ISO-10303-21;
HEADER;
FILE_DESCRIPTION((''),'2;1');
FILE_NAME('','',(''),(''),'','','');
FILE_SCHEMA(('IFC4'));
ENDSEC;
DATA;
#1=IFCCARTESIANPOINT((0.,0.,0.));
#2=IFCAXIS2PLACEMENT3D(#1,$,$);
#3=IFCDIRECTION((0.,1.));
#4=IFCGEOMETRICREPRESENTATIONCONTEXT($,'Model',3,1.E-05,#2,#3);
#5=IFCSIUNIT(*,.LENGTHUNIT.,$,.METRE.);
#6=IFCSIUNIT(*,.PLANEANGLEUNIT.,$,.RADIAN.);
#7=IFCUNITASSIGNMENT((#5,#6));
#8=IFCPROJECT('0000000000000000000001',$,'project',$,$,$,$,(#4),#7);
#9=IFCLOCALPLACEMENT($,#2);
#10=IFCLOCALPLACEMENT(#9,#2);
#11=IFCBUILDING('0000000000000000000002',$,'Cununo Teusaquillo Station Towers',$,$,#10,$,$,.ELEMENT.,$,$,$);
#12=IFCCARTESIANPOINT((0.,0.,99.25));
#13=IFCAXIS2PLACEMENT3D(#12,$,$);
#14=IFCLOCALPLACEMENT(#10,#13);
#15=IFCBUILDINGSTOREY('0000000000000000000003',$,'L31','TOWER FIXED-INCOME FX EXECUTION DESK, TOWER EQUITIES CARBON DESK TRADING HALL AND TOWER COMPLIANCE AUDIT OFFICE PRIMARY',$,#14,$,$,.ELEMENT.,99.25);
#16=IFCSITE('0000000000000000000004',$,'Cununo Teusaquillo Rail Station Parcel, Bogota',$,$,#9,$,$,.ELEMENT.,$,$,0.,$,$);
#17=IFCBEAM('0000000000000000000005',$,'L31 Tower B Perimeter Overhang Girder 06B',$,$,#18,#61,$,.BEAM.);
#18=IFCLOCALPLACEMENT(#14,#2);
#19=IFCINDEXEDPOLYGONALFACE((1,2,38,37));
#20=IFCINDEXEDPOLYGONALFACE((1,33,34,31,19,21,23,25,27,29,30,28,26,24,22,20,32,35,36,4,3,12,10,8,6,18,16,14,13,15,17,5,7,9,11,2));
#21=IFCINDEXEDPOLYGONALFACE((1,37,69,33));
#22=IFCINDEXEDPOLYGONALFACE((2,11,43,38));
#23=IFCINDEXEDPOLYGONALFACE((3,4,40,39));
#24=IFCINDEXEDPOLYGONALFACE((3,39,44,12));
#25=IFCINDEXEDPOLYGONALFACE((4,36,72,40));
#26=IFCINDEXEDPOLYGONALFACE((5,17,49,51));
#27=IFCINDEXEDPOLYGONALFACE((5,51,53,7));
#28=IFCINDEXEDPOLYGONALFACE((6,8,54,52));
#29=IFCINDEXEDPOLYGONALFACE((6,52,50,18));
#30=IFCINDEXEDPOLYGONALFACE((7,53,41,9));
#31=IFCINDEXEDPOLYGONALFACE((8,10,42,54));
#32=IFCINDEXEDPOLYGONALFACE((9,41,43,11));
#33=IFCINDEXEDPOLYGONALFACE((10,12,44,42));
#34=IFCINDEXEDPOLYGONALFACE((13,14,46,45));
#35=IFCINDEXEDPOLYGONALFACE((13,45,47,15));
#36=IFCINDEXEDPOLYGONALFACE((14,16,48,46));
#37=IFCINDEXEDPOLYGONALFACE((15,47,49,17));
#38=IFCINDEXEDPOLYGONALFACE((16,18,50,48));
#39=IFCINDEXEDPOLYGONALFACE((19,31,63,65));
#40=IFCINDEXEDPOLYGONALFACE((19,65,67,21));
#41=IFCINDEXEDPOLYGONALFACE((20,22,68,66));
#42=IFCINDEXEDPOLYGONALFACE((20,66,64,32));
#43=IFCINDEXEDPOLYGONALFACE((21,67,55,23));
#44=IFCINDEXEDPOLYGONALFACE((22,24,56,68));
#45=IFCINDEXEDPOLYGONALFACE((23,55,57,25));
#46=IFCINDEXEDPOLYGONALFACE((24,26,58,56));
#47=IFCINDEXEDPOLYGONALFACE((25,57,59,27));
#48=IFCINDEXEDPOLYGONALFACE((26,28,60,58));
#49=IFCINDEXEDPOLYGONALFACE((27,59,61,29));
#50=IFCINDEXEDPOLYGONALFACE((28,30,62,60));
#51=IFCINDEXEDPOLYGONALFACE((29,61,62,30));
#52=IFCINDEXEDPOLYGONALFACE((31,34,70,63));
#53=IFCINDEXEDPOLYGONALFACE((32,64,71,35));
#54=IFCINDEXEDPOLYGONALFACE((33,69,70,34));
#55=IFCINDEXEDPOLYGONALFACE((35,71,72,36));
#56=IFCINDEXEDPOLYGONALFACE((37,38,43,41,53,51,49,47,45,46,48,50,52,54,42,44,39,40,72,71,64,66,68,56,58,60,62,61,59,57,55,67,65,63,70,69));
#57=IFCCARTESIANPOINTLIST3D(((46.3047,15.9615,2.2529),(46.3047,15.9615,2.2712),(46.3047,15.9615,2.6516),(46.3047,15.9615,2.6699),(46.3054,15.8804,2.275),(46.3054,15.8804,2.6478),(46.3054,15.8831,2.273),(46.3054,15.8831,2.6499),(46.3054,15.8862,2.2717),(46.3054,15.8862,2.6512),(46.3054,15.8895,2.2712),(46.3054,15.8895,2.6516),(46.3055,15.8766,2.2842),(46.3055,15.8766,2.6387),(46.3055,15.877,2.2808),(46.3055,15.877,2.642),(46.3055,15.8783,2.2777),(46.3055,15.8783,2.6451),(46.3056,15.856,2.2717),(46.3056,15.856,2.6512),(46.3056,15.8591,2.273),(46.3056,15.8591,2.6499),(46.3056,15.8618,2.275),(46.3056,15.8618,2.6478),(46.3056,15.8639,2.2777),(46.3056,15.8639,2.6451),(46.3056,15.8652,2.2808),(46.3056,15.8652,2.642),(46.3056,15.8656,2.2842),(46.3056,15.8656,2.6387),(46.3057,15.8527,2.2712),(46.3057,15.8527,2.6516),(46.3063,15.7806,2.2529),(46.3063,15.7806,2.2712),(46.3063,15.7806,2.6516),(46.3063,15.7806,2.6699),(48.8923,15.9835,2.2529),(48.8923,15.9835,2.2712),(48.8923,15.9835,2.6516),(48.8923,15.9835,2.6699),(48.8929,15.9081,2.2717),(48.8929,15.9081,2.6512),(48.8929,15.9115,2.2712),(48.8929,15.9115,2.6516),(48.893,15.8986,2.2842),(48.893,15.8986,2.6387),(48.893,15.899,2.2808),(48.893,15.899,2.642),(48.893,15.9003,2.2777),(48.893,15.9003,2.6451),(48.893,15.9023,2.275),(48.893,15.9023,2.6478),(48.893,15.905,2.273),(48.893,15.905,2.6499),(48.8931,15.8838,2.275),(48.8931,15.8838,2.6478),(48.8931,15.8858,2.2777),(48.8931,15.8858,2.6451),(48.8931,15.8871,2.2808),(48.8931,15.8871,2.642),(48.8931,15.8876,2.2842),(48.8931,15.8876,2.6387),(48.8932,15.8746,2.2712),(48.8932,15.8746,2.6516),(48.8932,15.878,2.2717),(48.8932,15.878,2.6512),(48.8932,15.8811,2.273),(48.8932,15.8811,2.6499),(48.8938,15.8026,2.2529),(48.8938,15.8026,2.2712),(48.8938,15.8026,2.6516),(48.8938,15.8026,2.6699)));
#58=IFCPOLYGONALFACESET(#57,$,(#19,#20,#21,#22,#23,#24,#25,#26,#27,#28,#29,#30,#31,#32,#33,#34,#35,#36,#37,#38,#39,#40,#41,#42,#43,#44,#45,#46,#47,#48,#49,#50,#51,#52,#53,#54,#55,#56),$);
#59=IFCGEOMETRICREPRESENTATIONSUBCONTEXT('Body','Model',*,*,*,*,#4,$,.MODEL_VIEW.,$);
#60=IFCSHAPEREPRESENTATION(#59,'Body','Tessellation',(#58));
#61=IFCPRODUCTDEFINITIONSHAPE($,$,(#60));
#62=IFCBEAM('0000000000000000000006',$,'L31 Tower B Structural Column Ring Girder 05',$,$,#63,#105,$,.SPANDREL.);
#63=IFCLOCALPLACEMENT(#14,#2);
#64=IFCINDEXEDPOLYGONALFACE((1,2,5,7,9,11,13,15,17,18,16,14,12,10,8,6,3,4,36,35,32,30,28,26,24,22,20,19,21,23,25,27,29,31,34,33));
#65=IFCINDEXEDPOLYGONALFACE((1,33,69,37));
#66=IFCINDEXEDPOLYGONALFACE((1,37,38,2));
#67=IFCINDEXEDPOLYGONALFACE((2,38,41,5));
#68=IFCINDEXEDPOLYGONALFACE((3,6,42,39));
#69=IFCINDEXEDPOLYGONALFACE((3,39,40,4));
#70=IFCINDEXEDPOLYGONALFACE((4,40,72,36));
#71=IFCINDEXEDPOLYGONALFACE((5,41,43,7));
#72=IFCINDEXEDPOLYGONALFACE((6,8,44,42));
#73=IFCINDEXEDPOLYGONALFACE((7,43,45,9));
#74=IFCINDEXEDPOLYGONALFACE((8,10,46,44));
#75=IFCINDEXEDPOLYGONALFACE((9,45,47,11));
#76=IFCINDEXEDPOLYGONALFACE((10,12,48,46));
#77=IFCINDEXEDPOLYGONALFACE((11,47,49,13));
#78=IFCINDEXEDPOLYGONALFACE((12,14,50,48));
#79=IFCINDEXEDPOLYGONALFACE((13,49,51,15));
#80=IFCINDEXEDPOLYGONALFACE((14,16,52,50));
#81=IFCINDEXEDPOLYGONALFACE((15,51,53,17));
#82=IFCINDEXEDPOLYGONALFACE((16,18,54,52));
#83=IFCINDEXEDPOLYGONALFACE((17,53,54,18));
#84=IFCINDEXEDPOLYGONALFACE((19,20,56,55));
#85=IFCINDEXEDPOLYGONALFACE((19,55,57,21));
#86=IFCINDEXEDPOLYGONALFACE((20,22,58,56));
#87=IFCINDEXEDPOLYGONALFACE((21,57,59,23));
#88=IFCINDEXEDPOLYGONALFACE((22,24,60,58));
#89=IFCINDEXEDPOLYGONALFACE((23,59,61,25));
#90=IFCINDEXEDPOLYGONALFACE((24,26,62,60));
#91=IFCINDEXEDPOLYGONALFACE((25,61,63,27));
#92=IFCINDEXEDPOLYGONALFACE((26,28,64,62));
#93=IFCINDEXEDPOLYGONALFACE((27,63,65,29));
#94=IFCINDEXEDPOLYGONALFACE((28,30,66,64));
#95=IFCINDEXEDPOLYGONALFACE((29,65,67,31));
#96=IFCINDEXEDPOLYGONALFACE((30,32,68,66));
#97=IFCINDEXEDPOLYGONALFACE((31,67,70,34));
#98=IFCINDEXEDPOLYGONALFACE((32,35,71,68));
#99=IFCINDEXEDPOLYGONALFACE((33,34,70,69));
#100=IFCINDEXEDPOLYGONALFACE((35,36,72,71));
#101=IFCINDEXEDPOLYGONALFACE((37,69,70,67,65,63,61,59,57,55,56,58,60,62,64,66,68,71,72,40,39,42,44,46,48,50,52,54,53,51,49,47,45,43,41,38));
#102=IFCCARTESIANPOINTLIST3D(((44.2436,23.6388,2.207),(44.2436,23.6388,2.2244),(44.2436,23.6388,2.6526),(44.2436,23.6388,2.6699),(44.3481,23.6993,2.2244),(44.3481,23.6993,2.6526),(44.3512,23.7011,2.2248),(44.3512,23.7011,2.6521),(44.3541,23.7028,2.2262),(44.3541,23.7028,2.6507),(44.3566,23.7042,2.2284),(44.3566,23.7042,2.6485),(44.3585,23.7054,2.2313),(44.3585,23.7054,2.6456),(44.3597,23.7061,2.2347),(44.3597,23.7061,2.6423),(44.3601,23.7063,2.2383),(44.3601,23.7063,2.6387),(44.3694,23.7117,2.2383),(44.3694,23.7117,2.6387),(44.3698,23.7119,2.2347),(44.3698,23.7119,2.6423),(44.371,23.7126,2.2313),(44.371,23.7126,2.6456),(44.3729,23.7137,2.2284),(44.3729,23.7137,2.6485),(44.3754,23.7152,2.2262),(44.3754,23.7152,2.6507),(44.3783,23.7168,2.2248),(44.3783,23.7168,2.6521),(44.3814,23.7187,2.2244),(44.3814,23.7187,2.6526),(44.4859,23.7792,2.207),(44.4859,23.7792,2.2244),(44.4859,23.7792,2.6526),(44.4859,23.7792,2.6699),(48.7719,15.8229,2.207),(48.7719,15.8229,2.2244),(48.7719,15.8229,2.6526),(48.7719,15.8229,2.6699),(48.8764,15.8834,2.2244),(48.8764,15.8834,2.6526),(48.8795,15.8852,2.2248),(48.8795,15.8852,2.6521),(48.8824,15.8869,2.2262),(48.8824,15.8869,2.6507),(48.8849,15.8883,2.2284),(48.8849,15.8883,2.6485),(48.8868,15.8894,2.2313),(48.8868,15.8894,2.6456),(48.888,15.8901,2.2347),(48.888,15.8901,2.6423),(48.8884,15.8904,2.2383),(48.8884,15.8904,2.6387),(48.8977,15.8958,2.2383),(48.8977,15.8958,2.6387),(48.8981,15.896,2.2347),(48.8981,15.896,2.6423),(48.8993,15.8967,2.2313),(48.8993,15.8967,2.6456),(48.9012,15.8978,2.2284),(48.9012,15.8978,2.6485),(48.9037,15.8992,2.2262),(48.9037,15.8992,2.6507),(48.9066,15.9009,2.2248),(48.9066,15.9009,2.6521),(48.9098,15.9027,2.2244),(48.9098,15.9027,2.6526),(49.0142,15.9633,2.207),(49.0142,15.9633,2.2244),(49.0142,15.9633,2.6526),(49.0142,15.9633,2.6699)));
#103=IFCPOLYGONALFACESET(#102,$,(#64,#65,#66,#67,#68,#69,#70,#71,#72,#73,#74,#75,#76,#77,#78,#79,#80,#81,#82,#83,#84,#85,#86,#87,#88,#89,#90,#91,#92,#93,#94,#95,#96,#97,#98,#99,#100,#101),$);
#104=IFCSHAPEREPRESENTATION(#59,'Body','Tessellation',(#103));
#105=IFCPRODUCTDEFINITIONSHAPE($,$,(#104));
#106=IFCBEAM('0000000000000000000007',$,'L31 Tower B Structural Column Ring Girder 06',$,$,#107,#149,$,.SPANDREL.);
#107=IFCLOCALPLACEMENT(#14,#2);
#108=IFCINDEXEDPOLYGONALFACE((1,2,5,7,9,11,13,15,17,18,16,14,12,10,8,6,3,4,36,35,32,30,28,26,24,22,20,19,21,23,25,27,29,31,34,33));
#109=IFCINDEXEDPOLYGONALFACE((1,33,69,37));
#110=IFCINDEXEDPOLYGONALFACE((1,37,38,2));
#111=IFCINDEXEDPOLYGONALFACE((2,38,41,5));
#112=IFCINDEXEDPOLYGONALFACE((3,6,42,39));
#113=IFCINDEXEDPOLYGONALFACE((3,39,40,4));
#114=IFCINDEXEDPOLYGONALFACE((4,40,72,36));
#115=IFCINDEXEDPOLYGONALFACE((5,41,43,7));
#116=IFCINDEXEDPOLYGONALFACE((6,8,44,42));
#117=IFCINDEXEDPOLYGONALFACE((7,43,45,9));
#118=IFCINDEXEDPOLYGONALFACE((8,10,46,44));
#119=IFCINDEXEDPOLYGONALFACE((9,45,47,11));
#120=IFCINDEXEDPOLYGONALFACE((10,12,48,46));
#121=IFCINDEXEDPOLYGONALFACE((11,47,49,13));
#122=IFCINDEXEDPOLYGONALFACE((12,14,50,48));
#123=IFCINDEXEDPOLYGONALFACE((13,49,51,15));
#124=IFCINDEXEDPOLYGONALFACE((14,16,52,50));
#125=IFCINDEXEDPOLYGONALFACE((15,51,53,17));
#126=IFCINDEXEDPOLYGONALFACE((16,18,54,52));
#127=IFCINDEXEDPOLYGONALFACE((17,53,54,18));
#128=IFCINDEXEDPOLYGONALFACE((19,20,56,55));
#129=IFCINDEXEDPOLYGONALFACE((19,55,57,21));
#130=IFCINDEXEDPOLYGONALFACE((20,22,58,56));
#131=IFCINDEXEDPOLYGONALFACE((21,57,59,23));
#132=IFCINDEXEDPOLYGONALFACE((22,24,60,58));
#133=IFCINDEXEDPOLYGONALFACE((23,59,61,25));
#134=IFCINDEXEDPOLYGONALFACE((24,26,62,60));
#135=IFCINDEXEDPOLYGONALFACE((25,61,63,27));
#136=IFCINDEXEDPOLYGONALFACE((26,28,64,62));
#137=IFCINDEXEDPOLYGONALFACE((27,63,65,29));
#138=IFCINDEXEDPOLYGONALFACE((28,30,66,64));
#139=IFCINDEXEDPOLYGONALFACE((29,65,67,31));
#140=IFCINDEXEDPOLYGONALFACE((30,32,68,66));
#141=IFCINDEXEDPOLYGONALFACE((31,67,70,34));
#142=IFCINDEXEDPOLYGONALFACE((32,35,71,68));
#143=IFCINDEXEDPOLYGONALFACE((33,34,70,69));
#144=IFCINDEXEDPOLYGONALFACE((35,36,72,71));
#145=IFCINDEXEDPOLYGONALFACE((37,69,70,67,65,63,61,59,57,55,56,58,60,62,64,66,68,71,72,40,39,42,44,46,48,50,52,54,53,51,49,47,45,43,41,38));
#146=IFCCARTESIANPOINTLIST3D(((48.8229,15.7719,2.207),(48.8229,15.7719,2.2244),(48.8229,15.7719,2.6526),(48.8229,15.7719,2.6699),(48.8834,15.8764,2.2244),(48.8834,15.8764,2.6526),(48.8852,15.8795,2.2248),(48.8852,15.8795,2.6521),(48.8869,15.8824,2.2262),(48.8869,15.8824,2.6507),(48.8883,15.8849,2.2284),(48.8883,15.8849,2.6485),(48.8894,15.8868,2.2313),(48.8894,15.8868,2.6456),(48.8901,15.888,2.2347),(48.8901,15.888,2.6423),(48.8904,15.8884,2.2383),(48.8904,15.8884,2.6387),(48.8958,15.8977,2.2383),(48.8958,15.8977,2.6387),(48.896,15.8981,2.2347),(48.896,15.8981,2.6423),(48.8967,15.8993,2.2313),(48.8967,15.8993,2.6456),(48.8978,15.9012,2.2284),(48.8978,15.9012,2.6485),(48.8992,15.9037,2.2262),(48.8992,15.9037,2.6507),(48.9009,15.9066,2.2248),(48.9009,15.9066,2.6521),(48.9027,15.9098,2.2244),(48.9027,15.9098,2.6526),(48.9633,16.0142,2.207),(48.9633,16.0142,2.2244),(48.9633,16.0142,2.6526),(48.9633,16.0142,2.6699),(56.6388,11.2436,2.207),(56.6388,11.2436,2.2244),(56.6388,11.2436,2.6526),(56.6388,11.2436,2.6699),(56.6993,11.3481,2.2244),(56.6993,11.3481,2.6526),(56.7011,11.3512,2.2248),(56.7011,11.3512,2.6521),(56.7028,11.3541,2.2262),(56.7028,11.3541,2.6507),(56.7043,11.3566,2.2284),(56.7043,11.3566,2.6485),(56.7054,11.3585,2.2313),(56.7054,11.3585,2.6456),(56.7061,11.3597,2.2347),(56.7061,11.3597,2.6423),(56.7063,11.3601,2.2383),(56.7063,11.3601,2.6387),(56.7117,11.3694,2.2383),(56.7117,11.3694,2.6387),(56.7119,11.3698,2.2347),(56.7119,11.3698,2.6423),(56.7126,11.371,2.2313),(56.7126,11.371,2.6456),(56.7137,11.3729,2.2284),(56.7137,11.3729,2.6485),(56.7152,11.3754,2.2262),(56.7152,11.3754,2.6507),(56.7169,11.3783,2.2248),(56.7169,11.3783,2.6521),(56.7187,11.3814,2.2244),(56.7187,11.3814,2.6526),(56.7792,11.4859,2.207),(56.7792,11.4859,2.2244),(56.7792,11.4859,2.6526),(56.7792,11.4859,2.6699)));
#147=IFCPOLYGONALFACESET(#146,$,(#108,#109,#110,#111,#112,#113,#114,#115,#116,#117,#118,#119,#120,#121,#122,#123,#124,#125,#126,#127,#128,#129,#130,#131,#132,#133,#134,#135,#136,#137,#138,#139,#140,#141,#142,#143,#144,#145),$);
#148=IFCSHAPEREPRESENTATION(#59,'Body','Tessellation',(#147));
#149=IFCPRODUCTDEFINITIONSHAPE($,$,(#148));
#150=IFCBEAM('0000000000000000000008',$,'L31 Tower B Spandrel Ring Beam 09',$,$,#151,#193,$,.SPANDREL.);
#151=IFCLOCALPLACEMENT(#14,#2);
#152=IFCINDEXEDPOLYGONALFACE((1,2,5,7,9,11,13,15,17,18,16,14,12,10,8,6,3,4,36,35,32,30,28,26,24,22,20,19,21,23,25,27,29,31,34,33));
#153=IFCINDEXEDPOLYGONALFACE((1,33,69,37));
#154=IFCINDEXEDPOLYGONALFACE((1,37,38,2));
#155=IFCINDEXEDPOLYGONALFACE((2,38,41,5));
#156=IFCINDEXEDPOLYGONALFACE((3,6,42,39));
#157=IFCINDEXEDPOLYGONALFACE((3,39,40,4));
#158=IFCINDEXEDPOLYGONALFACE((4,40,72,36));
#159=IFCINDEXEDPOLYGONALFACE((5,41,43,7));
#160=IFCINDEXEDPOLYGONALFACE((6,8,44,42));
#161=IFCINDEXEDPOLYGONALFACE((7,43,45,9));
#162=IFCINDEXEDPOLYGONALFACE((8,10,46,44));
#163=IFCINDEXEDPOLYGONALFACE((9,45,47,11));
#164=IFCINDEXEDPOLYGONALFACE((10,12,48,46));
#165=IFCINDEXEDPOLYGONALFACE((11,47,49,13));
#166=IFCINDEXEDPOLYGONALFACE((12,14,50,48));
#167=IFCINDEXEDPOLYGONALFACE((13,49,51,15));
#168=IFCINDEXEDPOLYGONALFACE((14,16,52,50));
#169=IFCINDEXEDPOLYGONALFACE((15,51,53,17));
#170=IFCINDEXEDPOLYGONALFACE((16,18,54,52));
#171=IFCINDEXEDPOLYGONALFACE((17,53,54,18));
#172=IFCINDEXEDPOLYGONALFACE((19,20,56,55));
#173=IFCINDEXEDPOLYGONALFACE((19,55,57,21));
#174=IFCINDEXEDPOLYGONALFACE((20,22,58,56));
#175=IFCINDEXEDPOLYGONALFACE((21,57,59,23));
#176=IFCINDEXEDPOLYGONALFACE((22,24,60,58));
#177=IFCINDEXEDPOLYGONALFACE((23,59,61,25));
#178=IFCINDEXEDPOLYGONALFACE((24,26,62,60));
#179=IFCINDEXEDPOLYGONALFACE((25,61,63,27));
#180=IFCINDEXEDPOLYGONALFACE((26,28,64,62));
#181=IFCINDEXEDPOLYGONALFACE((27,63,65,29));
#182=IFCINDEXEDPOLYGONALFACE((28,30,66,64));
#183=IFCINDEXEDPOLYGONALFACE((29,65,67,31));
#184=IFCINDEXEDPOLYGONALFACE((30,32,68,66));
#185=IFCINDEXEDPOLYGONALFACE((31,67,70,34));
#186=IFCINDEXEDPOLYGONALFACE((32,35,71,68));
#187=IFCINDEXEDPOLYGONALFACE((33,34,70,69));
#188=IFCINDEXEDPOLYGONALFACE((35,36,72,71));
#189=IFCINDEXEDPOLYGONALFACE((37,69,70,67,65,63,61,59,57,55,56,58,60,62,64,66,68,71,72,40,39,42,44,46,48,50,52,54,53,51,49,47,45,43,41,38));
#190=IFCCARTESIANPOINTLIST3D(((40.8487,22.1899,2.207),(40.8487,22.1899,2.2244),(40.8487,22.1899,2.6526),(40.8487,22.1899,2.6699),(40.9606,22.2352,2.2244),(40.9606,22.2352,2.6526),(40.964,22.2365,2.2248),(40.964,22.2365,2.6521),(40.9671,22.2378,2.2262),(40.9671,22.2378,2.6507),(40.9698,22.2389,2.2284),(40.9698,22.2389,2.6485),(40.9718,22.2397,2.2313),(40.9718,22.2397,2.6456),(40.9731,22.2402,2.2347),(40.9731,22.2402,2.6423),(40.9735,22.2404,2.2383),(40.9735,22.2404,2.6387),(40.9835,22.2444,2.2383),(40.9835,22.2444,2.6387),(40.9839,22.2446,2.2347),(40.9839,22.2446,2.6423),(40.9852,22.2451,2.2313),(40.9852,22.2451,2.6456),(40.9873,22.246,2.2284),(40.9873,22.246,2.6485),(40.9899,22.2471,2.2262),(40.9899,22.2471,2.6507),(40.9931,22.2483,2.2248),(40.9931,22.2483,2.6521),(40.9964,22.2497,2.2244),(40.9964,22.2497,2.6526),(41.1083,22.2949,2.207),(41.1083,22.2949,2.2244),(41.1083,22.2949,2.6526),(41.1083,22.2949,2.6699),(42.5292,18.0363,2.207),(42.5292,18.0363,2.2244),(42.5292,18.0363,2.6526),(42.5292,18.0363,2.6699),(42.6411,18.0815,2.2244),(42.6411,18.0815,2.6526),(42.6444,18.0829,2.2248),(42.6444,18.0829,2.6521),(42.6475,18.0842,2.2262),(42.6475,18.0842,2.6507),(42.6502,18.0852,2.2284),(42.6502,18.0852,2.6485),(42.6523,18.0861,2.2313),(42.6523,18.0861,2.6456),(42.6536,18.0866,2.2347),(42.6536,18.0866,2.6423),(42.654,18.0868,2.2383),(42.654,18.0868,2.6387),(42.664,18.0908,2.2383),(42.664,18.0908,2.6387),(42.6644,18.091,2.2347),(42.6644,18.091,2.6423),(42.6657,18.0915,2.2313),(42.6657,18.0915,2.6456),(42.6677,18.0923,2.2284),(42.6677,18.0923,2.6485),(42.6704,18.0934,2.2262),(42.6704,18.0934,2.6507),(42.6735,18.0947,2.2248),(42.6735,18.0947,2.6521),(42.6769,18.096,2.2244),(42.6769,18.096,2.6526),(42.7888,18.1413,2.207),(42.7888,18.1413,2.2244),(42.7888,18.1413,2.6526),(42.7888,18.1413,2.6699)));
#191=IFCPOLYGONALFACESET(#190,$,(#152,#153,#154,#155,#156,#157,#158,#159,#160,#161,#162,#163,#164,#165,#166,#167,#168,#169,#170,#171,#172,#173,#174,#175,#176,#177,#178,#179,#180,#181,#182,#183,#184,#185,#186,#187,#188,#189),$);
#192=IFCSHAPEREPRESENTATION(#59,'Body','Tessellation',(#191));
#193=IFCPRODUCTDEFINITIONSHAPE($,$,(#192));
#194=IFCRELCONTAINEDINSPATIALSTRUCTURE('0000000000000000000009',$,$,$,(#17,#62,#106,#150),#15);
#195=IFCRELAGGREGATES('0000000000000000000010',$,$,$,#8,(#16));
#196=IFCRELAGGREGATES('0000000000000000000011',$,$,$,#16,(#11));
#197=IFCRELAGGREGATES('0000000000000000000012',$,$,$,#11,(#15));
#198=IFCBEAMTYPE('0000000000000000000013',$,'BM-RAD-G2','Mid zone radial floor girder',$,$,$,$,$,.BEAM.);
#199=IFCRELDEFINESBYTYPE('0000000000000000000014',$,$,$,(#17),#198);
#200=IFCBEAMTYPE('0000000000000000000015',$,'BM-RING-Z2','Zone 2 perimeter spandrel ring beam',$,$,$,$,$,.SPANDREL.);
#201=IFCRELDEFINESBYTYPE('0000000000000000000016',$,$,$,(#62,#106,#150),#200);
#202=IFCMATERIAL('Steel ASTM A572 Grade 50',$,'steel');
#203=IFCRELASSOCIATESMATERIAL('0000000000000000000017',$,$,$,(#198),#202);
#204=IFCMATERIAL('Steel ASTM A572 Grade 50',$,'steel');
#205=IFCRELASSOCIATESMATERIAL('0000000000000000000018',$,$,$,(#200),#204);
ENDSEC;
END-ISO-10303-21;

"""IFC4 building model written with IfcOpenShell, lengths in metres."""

from ifc_helpers import new_model, si_unit, direction, frame, origin, origin_2d, place, context, subcontext, project, spatial, i_section, extrude, material, material_profile, profile_set, type_object, element, save


model = new_model("IFC4")

# Units and contexts
model_context = context("Model", 3, precision=1e-05, world=origin(), true_north=direction((0.0, 1.0)))
body_context = subcontext(model_context, "Body", "Model", "MODEL_VIEW")
ifc_project = project(units=[si_unit("LENGTHUNIT", "METRE"), si_unit("PLANEANGLEUNIT", "RADIAN")], contexts=[model_context])

# Site, building, storey
site_placement = place(None, origin())
site = spatial("IfcSite", under=ifc_project, at=site_placement, Name="Cununo Teusaquillo Rail Station Parcel, Bogota", CompositionType="ELEMENT", RefElevation=0.0)
building_placement = place(site_placement, origin())
building = spatial("IfcBuilding", under=site, at=building_placement, Name="Cununo Teusaquillo Station Towers", CompositionType="ELEMENT")
storey_placement = place(building_placement, frame((0.0, 0.0, 99.25)))
storey = spatial("IfcBuildingStorey", under=building, at=storey_placement, Name="L31", Description="TOWER FIXED-INCOME FX EXECUTION DESK, TOWER EQUITIES CARBON DESK TRADING HALL AND TOWER COMPLIANCE AUDIT OFFICE PRIMARY", CompositionType="ELEMENT", Elevation=99.25)

# Beams
ifc_material_1 = material(Name="Steel ASTM A572 Grade 50", Category="steel")
ifc_material_profile_1 = material_profile(ifc_material_1, i_section(OverallWidth=0.1809, OverallDepth=0.417, WebThickness=0.011, FlangeThickness=0.0183, FilletRadius=0.0129, at=origin_2d()), Name="W16X57")
ifc_profile_set_1 = profile_set([ifc_material_profile_1], Name="Steel ASTM A572 Grade 50")
beam_type_1 = type_object("IfcBeamType", Name="BM-RAD-G2", Description="Mid zone radial floor girder", PredefinedType="BEAM", material=ifc_profile_set_1)
beam_1_placement = place(storey_placement, frame((48.8931, 15.8931, 2.4614), z_axis=(-0.999964, -0.008491, 0.0), x_axis=(0.008491, -0.999964, 0.0)))
element("IfcBeam", 1, at=beam_1_placement, inside=storey, type_object=beam_type_1, Name="L31 Tower B Perimeter Overhang Girder 06B", PredefinedType="BEAM", context=body_context, shape_type="SweptSolid", body=[
    extrude(i_section(OverallWidth=0.1809, OverallDepth=0.417, WebThickness=0.011, FlangeThickness=0.0183, FilletRadius=0.0129, at=origin_2d()), origin(), (0.0, 0.0, 1.0), 2.5876),
])
ifc_material_2 = material(Name="Steel ASTM A572 Grade 50", Category="steel")
ifc_material_profile_2 = material_profile(ifc_material_2, i_section(OverallWidth=0.28, OverallDepth=0.4629, WebThickness=0.0107, FlangeThickness=0.0173, FilletRadius=0.0139, at=origin_2d()), Name="W18X76")
ifc_profile_set_2 = profile_set([ifc_material_profile_2], Name="Steel ASTM A572 Grade 50")
beam_type_2 = type_object("IfcBeamType", Name="BM-RING-Z2", Description="Zone 2 perimeter spandrel ring beam", PredefinedType="SPANDREL", material=ifc_profile_set_2)
for number, where, z_axis, x_axis, name in (
    (2, (44.3647, 23.709, 2.4385), (0.501311, -0.865267, 0.0), (0.865267, 0.501311, 0.0), "L31 Tower B Structural Column Ring Girder 05"),
    (3, (48.8931, 15.8931, 2.4385), (0.865267, -0.501311, 0.0), (0.501311, 0.865267, 0.0), "L31 Tower B Structural Column Ring Girder 06"),
):
    element("IfcBeam", number, at=place(storey_placement, frame(where, z_axis=z_axis, x_axis=x_axis)), inside=storey, type_object=beam_type_2, Name=name, PredefinedType="SPANDREL", context=body_context, shape_type="SweptSolid", body=[
        extrude(i_section(OverallWidth=0.28, OverallDepth=0.4629, WebThickness=0.0107, FlangeThickness=0.0173, FilletRadius=0.0139, at=origin_2d()), origin(), (0.0, 0.0, 1.0), 9.033),
    ])
beam_2_placement = place(storey_placement, frame((40.9785, 22.2424, 2.4385), z_axis=(0.375042, -0.927008, 0.0), x_axis=(0.927008, 0.375042, 0.0)))
element("IfcBeam", 4, at=beam_2_placement, inside=storey, type_object=beam_type_2, Name="L31 Tower B Spandrel Ring Beam 09", PredefinedType="SPANDREL", context=body_context, shape_type="SweptSolid", body=[
    extrude(i_section(OverallWidth=0.28, OverallDepth=0.4629, WebThickness=0.0107, FlangeThickness=0.0173, FilletRadius=0.0139, at=origin_2d()), origin(), (0.0, 0.0, 1.0), 4.4807),
])

save(model, "model.ifc")
